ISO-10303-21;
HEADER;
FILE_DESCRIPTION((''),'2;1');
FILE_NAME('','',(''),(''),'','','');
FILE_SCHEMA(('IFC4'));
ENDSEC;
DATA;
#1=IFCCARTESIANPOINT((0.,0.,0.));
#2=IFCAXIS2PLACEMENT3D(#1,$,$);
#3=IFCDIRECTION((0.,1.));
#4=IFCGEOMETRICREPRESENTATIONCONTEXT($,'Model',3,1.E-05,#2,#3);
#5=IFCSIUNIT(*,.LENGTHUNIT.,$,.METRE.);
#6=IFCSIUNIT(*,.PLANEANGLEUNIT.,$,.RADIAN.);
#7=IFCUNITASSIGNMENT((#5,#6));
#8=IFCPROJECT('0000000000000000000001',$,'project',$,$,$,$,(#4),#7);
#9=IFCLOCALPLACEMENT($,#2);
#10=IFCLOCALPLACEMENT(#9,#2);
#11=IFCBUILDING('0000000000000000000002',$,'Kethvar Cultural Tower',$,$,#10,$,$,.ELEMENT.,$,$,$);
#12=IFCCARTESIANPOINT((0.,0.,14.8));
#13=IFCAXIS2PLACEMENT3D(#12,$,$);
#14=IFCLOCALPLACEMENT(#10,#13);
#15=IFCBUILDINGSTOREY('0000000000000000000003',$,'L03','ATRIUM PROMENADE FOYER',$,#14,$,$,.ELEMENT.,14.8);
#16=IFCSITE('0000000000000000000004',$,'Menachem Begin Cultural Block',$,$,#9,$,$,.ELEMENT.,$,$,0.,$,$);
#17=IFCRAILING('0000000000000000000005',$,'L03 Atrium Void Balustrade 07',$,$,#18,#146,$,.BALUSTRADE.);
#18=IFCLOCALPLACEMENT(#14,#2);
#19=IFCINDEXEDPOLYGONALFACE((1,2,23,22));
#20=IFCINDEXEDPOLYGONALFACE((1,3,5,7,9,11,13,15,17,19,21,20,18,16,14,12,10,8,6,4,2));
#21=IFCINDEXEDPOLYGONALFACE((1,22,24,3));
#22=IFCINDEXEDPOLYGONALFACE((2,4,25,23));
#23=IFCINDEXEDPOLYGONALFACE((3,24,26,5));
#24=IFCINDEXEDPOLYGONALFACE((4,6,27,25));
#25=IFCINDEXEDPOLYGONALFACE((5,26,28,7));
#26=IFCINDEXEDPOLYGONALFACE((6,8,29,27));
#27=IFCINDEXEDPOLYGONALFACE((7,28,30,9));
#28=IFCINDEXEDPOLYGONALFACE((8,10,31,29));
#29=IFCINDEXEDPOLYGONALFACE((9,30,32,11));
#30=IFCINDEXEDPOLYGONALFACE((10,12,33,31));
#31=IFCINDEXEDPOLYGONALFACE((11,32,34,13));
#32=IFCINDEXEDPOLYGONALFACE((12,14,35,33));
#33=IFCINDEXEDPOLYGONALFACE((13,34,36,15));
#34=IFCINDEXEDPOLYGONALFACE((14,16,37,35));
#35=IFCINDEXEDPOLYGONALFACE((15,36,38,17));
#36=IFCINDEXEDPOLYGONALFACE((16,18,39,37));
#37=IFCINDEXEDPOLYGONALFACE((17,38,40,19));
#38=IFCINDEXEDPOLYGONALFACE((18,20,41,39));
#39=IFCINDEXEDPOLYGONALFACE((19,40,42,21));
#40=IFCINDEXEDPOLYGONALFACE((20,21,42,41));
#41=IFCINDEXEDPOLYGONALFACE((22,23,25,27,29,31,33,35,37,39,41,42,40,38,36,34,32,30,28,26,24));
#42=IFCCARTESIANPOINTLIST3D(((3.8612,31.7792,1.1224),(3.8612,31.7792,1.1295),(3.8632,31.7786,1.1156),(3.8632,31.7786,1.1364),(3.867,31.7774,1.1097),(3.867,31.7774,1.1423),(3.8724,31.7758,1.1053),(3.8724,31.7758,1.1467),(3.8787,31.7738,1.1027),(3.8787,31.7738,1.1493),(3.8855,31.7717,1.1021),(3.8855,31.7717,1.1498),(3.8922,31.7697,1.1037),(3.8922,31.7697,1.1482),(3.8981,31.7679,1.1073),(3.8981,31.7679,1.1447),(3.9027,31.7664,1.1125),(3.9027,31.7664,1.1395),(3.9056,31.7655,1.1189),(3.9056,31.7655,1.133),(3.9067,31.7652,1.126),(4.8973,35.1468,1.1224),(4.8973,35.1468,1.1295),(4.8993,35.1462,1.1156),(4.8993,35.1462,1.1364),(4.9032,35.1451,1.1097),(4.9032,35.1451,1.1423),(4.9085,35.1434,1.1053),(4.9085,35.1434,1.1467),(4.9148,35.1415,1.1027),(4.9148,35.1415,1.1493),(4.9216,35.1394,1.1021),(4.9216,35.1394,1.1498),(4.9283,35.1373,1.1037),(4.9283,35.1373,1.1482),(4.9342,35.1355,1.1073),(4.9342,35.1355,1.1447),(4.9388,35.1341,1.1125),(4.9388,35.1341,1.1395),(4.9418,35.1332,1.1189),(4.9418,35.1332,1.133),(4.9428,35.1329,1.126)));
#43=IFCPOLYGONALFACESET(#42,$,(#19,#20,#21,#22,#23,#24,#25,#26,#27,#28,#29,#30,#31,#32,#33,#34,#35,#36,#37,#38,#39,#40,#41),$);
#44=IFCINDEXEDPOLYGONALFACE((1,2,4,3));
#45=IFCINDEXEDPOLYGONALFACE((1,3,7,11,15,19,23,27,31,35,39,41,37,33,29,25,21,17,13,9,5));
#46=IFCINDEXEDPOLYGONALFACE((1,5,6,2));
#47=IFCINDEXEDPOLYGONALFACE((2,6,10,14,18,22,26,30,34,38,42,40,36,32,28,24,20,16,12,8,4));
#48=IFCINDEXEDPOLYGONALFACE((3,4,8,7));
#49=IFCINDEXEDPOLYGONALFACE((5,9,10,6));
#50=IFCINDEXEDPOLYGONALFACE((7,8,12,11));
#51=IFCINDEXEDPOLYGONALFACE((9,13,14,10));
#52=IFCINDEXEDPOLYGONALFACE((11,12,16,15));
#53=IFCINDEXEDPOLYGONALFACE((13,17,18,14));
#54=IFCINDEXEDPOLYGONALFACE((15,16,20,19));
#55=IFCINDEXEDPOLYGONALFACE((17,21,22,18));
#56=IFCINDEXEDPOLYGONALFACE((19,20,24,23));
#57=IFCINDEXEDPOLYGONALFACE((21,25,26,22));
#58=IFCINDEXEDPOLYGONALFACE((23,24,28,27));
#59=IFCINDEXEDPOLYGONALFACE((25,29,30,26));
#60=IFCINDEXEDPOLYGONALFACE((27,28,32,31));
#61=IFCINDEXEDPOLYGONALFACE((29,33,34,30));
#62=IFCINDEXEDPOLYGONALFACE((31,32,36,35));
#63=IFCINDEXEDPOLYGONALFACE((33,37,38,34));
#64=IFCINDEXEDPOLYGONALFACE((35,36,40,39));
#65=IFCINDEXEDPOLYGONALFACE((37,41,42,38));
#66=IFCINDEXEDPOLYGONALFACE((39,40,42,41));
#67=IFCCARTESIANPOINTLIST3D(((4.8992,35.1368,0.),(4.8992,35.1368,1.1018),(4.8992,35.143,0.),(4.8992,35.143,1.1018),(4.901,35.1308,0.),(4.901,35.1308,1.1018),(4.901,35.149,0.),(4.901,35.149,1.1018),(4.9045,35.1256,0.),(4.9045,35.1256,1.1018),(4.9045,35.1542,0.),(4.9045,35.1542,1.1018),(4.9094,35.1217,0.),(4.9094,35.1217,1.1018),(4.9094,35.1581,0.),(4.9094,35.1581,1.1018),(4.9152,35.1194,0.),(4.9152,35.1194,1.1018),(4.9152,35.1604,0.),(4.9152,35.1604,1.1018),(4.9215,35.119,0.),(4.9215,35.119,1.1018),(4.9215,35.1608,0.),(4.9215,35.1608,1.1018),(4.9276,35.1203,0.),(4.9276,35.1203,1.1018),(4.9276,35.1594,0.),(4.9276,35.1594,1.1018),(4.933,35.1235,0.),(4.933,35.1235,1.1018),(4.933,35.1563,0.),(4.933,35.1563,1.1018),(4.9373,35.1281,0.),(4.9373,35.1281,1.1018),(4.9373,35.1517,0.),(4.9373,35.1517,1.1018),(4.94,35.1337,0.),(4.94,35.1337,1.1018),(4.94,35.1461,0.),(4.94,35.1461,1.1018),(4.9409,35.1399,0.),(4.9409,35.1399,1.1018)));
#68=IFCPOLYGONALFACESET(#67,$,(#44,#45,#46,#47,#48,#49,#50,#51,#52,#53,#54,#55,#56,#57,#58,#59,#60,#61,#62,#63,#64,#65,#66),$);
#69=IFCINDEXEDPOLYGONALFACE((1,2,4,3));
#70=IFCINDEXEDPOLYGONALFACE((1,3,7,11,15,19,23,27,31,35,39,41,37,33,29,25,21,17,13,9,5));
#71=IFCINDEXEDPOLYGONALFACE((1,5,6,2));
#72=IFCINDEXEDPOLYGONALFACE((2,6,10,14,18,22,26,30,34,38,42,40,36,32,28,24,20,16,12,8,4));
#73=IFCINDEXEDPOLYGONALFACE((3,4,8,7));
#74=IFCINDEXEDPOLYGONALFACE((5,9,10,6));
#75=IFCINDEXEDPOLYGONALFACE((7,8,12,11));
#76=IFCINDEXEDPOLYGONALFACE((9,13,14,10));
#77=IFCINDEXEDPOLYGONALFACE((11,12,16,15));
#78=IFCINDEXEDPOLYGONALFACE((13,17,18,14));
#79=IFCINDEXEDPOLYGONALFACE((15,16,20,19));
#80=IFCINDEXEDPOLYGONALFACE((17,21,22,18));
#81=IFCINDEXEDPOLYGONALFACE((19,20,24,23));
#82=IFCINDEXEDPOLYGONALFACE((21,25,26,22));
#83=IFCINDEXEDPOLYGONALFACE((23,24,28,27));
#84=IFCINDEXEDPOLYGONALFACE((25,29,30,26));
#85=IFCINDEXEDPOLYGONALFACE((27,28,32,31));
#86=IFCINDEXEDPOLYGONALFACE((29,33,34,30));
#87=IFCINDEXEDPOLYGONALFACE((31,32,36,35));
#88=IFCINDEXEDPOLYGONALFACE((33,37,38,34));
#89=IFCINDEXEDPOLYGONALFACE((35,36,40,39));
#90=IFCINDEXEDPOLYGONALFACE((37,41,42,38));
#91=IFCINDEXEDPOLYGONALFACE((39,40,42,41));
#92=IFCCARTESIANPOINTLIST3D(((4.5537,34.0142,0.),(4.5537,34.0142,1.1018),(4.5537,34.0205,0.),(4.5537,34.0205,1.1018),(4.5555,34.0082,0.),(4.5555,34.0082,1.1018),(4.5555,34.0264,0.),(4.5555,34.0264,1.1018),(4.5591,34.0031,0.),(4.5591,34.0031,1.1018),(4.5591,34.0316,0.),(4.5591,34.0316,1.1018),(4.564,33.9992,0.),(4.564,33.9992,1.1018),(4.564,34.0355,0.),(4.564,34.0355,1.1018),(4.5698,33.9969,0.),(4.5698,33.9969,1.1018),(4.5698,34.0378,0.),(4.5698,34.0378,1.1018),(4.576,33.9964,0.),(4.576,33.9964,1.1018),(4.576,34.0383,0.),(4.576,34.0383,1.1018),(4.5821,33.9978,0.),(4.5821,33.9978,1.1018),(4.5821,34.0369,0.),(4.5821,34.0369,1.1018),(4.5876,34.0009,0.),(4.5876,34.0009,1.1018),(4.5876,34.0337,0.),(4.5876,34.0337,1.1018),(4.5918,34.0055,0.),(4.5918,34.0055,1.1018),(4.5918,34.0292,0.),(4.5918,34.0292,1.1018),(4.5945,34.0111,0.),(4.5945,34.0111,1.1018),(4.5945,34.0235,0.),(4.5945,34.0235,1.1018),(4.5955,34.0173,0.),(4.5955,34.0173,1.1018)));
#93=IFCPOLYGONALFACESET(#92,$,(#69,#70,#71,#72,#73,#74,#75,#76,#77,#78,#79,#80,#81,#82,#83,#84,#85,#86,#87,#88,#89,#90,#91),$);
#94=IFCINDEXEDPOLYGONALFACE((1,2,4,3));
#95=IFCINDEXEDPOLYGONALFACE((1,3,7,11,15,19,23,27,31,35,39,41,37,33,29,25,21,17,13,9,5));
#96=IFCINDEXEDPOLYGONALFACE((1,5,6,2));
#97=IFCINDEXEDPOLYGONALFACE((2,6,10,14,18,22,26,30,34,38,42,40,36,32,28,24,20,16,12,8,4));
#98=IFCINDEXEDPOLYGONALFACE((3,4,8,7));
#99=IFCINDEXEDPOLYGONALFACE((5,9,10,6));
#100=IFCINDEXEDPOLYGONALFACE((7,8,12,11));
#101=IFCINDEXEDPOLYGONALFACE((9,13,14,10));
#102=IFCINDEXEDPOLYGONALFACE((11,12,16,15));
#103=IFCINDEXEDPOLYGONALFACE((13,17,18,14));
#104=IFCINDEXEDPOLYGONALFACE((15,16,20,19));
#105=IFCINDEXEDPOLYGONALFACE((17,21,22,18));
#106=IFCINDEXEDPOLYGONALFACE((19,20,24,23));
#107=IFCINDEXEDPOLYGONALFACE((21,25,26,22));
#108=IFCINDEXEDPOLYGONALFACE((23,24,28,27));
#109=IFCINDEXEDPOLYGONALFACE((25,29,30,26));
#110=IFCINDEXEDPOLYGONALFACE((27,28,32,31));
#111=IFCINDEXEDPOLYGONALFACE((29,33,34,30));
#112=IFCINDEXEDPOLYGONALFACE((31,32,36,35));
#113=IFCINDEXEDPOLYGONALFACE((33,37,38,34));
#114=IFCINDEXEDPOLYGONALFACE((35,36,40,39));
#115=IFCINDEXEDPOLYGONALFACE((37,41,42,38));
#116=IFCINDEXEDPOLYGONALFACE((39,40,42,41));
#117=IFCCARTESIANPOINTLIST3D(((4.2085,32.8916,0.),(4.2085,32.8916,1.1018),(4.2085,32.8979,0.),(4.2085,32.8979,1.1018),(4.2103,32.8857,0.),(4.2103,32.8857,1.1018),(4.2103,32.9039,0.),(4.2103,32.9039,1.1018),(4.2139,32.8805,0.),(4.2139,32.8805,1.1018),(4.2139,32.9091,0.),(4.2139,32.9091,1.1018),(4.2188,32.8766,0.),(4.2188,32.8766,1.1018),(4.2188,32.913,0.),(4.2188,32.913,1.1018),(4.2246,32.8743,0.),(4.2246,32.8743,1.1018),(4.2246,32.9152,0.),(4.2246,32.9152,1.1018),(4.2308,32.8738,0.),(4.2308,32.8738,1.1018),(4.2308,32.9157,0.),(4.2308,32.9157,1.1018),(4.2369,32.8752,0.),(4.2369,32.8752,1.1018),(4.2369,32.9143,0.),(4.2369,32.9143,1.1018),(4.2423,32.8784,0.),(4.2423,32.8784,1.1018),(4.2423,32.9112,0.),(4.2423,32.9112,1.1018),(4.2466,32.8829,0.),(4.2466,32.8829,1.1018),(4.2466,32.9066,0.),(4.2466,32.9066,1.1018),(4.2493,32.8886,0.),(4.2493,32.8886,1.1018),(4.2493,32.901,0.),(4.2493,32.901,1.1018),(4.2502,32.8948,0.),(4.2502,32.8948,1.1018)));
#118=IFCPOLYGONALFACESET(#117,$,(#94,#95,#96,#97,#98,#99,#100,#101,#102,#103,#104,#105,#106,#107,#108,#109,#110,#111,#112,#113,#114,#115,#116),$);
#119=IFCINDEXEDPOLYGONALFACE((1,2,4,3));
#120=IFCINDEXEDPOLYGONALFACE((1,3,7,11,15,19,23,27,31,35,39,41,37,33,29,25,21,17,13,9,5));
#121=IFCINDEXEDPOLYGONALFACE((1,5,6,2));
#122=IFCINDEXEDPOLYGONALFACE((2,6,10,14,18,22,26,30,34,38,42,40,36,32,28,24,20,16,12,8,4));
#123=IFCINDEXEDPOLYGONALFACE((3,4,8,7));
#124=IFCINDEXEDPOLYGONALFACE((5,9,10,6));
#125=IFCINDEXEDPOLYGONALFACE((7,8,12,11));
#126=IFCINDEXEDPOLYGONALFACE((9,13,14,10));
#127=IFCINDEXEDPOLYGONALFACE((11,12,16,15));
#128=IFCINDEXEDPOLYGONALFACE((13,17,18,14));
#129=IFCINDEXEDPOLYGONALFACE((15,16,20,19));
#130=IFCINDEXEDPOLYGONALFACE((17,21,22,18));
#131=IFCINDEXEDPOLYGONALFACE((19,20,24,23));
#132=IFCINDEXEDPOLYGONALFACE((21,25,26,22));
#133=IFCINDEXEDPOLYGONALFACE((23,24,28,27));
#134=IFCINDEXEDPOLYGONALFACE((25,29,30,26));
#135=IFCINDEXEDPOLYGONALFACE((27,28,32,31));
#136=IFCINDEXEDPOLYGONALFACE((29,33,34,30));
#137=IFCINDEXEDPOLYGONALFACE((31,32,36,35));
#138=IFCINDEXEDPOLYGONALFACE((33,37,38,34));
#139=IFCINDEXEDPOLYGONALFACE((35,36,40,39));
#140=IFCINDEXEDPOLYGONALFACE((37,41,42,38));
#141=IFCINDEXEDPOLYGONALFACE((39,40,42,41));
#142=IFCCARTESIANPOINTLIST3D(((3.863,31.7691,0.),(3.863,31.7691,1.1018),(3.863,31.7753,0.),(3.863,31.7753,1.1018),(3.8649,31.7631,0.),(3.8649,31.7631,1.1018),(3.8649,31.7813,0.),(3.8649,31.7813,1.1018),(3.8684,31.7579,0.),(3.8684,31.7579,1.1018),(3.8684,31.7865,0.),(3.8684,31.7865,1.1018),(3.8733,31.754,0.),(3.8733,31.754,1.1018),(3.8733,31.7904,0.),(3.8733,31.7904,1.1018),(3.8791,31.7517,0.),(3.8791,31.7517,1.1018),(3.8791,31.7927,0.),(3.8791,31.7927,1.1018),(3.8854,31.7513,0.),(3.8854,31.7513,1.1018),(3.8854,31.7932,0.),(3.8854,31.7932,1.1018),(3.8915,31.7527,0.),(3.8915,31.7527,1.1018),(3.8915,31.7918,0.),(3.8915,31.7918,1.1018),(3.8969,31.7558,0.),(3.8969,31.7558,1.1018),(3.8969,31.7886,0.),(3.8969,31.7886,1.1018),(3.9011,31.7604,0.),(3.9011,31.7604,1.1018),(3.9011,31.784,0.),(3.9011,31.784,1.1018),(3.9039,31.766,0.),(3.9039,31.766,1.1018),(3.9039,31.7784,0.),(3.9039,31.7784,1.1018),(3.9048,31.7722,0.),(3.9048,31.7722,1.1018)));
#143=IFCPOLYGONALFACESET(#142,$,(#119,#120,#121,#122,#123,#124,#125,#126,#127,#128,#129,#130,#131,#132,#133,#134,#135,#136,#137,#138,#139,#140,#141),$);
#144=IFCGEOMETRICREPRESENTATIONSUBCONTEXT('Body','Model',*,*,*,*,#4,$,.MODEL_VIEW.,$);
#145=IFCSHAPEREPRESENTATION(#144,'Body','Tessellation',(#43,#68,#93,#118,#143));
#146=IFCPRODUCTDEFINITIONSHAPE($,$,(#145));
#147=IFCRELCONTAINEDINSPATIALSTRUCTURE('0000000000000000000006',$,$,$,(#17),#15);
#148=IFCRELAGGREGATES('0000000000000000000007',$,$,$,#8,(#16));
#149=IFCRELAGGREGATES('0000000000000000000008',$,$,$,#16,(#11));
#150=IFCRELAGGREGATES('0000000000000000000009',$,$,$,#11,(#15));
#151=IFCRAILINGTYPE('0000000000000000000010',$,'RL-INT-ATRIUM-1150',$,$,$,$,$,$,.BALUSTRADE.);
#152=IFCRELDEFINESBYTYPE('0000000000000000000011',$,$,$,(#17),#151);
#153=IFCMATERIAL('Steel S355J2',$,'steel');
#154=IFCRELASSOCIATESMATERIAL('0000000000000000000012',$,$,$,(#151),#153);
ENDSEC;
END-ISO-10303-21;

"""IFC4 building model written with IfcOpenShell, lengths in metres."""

from ifc_helpers import new_model, si_unit, direction, frame, origin, origin_2d, place, context, subcontext, project, spatial, circle, extrude, material, type_object, element, save


model = new_model("IFC4")

# Units and contexts
model_context = context("Model", 3, precision=1e-05, world=origin(), true_north=direction((0.0, 1.0)))
body_context = subcontext(model_context, "Body", "Model", "MODEL_VIEW")
ifc_project = project(units=[si_unit("LENGTHUNIT", "METRE"), si_unit("PLANEANGLEUNIT", "RADIAN")], contexts=[model_context])

# Site, building, storey
site_placement = place(None, origin())
site = spatial("IfcSite", under=ifc_project, at=site_placement, Name="Menachem Begin Cultural Block", CompositionType="ELEMENT", RefElevation=0.0)
building_placement = place(site_placement, origin())
building = spatial("IfcBuilding", under=site, at=building_placement, Name="Kethvar Cultural Tower", CompositionType="ELEMENT")
storey_placement = place(building_placement, frame((0.0, 0.0, 14.8)))
storey = spatial("IfcBuildingStorey", under=building, at=storey_placement, Name="L03", Description="ATRIUM PROMENADE FOYER", CompositionType="ELEMENT", Elevation=14.8)

# Shared definitions
ifc_material_1 = material(Name="Steel S355J2", Category="steel")

# Railing
railing_type = type_object("IfcRailingType", Name="RL-INT-ATRIUM-1150", PredefinedType="BALUSTRADE", material=ifc_material_1)
railing_1_placement = place(storey_placement, frame((4.9199, 35.1399, 0.0)))
element("IfcRailing", 1, at=railing_1_placement, inside=storey, type_object=railing_type, Name="L03 Atrium Void Balustrade 07", PredefinedType="BALUSTRADE", context=body_context, shape_type="SweptSolid", body=[
    extrude(circle(Radius=0.0239, at=origin_2d()), frame((0.0, 0.0, 1.126), z_axis=(-0.294066, -0.955785, 0.0), x_axis=(0.955785, -0.294066, 0.0)), (0.0, 0.0, 1.0), 3.5234),
    extrude(circle(Radius=0.021, at=origin_2d()), origin(), (0.0, 0.0, 1.0), 1.1018),
    extrude(circle(Radius=0.021, at=origin_2d()), frame((-0.3455, -1.1226, 0.0)), (0.0, 0.0, 1.0), 1.1018),
    extrude(circle(Radius=0.021, at=origin_2d()), frame((-0.6907, -2.2451, 0.0)), (0.0, 0.0, 1.0), 1.1018),
    extrude(circle(Radius=0.021, at=origin_2d()), frame((-1.0361, -3.3677, 0.0)), (0.0, 0.0, 1.0), 1.1018),
])

save(model, "model.ifc")
